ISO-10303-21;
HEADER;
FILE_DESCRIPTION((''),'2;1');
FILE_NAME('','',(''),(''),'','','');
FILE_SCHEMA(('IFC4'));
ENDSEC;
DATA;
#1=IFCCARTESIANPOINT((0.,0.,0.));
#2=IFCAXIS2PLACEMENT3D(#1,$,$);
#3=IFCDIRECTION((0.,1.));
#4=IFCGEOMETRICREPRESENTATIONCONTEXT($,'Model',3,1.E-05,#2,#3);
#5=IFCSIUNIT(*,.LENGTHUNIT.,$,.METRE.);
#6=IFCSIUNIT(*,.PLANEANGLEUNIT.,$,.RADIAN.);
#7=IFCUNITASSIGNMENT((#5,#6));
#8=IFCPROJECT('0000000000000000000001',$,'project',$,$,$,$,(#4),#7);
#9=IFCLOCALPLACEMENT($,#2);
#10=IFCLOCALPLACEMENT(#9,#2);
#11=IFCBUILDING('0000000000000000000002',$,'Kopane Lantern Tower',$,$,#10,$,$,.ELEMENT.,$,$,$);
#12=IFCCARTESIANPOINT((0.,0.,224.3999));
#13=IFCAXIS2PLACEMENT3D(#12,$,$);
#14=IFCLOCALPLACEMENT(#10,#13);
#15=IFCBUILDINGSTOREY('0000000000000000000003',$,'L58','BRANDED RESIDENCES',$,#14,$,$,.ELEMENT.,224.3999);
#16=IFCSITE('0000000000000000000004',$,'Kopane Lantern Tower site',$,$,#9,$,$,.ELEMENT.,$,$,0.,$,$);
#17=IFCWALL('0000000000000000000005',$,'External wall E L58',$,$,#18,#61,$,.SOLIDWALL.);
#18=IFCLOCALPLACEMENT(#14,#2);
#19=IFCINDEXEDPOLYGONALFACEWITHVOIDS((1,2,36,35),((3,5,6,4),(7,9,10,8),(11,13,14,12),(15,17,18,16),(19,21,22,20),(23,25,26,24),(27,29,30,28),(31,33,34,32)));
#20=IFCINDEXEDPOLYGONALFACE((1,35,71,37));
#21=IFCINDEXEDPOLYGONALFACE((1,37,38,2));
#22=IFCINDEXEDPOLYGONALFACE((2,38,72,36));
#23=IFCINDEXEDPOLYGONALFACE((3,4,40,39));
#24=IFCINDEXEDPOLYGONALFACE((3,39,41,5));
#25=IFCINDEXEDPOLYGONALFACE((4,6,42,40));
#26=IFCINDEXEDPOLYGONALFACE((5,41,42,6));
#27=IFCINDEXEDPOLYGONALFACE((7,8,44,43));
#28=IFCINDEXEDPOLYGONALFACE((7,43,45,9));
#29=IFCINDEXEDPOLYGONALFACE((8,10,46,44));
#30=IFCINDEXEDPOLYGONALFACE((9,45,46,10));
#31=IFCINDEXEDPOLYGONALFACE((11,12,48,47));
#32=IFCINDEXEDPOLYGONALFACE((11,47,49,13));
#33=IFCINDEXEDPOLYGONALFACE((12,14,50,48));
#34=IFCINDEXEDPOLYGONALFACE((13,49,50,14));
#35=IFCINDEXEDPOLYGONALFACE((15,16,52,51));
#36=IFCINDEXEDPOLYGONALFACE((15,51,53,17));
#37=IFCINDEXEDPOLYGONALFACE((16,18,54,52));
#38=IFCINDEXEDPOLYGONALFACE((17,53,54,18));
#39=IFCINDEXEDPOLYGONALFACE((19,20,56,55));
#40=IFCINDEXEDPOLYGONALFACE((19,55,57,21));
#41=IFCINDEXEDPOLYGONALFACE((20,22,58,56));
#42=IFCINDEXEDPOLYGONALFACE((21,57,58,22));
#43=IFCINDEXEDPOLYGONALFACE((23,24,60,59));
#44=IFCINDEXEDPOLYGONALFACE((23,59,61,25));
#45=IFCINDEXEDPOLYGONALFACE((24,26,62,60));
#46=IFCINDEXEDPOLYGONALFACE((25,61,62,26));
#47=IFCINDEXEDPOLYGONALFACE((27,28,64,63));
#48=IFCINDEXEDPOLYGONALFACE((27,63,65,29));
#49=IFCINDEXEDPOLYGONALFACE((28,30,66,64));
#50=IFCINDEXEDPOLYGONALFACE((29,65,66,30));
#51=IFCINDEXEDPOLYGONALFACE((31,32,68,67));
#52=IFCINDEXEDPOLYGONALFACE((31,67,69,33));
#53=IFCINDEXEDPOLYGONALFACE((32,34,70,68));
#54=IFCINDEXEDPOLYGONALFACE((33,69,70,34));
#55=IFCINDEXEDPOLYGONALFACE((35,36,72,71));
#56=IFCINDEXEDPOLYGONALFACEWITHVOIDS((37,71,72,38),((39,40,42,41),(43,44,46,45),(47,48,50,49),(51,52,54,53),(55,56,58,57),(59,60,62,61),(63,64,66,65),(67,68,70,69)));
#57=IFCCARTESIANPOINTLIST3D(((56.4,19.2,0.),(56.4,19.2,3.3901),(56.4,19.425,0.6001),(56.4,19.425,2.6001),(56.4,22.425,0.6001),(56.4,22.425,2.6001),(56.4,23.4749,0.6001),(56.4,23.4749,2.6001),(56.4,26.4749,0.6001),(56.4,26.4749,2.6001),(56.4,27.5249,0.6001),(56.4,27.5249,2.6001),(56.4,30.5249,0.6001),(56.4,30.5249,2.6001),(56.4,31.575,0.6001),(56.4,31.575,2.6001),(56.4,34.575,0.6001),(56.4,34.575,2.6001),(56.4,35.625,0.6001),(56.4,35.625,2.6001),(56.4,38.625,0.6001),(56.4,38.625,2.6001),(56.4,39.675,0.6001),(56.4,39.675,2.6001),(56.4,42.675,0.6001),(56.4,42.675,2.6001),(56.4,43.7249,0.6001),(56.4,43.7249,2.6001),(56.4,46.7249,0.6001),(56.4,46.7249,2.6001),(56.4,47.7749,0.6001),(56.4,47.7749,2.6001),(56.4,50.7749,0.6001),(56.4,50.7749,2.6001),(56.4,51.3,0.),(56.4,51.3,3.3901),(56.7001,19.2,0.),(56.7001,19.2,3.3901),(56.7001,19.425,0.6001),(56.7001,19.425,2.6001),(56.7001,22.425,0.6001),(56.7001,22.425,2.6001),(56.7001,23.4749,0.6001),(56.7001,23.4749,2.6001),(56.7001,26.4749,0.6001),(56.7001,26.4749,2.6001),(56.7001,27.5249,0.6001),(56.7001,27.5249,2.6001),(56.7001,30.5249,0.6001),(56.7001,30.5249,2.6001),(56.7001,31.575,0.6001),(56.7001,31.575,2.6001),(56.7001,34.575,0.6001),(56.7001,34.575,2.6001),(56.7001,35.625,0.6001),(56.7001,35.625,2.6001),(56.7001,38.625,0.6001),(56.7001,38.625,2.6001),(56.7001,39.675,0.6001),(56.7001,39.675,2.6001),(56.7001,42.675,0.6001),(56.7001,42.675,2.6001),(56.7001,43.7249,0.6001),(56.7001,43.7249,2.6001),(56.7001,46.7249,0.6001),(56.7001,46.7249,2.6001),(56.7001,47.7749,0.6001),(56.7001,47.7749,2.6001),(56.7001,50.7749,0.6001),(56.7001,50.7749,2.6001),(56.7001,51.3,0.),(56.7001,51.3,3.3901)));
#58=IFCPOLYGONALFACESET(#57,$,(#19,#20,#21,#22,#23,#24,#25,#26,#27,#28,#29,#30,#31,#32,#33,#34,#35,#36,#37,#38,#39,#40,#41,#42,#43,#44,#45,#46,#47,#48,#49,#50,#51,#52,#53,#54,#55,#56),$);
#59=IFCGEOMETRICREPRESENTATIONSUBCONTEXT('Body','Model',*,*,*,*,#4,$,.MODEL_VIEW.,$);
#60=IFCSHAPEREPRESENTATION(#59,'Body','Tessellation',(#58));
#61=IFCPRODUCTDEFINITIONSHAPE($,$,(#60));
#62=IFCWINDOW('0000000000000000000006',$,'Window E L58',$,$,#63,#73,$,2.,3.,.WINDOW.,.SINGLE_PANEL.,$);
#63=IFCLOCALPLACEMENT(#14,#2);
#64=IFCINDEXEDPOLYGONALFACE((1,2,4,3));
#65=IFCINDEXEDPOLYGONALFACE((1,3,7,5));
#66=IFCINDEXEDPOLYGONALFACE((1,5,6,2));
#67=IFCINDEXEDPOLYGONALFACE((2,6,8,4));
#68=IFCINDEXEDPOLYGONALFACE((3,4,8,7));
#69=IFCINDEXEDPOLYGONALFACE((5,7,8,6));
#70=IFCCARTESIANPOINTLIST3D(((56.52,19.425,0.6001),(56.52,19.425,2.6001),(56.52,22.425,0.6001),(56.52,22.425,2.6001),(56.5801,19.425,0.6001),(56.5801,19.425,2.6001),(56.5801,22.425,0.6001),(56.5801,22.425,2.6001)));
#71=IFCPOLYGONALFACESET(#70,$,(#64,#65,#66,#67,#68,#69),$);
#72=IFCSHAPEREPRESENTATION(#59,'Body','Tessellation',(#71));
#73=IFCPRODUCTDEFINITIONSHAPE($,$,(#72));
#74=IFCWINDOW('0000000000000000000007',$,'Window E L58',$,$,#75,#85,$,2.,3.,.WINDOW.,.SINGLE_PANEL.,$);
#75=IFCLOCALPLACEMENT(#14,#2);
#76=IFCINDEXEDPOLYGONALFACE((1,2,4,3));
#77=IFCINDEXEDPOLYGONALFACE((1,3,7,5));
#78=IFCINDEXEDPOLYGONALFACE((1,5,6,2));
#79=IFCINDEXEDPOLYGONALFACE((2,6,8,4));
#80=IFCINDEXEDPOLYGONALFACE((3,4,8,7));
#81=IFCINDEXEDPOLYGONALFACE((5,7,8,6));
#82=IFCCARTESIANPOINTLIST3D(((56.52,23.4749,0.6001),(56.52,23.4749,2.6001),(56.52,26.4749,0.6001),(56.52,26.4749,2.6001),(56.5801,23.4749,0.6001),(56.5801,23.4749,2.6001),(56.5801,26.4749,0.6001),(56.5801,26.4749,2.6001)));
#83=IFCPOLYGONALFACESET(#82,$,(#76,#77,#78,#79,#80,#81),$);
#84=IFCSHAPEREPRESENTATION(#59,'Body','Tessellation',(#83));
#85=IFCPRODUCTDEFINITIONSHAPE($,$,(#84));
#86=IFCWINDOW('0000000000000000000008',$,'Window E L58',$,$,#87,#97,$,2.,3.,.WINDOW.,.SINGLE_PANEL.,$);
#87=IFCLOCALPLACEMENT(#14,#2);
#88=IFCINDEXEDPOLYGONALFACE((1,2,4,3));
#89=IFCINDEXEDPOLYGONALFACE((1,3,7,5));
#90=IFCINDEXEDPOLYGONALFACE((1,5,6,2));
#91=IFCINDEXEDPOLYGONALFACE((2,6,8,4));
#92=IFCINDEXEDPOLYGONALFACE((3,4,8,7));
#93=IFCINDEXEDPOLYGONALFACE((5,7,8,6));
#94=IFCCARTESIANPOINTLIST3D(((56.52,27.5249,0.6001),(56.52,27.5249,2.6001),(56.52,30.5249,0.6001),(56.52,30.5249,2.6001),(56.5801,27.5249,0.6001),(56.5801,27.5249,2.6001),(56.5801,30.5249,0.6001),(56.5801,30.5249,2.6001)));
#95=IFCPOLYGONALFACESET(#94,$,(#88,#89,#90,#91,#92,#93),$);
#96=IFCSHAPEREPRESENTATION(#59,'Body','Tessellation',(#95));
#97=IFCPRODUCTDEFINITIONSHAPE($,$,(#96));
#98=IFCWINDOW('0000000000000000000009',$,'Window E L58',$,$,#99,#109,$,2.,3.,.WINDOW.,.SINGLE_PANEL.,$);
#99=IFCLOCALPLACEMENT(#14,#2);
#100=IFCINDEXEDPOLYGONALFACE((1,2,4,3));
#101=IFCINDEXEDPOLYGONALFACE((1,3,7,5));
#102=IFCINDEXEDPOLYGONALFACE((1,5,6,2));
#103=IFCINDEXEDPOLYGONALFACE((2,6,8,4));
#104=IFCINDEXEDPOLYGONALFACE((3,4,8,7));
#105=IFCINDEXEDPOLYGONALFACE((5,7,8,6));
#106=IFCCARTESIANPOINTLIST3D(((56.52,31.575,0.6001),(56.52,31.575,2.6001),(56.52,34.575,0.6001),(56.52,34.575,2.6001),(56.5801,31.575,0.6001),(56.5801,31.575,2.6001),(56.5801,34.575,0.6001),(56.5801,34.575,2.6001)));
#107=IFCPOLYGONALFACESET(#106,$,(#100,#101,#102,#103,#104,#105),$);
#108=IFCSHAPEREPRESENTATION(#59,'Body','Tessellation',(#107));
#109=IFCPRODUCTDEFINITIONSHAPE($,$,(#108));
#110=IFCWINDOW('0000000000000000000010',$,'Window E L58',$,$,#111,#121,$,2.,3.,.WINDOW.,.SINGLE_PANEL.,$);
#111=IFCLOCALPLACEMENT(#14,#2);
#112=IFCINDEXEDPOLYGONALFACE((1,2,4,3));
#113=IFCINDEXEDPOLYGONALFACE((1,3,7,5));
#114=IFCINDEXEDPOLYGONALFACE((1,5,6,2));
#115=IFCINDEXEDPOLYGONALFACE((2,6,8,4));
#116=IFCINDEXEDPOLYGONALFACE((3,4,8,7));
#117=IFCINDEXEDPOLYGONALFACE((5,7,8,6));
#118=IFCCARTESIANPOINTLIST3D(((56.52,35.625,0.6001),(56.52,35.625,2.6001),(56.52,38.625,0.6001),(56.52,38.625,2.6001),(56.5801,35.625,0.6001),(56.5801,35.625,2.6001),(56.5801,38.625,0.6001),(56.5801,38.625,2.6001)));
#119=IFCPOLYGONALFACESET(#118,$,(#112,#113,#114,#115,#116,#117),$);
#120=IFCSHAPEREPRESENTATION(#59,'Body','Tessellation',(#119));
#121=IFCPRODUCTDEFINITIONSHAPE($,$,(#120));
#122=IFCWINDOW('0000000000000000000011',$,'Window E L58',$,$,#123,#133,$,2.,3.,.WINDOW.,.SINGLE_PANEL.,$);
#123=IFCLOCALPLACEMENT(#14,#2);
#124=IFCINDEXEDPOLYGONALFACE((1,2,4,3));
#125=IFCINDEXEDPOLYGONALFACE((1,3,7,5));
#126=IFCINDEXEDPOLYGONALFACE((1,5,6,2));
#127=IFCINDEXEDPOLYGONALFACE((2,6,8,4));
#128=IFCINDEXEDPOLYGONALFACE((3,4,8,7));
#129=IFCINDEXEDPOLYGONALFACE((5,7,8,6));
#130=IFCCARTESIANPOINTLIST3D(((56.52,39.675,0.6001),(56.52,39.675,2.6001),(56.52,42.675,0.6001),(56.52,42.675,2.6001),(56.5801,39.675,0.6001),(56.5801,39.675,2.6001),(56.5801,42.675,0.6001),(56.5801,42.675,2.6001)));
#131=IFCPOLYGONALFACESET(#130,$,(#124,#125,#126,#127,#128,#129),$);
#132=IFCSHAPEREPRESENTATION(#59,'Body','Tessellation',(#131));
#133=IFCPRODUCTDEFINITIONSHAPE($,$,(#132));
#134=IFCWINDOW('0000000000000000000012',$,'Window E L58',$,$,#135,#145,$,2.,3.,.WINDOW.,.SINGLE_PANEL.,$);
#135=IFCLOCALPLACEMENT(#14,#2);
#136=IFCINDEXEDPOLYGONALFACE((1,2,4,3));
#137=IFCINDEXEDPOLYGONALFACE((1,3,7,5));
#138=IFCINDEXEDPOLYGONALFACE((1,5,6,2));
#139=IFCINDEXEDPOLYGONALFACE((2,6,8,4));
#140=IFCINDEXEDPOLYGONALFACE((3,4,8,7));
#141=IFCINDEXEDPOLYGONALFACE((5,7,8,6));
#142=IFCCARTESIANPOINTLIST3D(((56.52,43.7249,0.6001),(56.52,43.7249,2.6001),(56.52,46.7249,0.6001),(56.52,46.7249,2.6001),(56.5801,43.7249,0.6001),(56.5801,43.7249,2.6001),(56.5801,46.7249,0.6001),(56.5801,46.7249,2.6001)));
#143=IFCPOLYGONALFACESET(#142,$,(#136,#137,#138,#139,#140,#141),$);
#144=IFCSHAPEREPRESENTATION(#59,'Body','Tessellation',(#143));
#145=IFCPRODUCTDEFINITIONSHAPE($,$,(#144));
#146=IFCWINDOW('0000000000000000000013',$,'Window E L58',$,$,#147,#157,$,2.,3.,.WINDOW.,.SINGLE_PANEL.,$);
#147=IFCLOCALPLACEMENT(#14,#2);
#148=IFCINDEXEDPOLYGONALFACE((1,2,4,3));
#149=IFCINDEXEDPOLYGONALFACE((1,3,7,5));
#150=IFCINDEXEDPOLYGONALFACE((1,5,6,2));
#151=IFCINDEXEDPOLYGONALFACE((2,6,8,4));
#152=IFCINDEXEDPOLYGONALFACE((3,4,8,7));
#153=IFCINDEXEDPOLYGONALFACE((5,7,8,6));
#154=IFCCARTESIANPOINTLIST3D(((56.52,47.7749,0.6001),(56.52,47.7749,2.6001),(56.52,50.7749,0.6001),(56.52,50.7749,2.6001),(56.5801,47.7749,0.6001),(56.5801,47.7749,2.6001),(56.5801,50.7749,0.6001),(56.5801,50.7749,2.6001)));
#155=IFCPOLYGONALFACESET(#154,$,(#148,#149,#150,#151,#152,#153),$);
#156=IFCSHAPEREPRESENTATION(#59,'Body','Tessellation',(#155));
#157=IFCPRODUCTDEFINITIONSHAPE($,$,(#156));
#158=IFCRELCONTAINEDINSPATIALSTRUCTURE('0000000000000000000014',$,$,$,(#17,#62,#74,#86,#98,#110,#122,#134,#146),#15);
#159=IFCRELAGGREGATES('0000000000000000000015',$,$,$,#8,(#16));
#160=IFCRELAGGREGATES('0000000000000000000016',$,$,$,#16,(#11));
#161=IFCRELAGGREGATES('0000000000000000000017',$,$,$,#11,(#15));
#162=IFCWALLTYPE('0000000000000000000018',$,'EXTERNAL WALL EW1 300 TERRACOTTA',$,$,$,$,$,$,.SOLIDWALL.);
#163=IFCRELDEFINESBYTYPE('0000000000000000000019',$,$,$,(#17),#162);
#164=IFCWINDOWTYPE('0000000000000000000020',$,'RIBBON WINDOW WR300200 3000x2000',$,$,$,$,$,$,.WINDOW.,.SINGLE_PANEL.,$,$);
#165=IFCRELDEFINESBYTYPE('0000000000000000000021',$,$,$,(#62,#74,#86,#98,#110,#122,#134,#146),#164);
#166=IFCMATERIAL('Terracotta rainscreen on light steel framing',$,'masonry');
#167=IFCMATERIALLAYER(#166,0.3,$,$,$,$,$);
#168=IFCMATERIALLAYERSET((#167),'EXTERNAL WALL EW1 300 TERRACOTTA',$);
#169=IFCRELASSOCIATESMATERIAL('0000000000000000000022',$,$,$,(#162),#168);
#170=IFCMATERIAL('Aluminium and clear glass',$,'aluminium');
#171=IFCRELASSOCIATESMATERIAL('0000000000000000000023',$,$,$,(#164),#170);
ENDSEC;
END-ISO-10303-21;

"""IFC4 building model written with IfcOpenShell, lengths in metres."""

from ifc_helpers import new_model, si_unit, direction, frame, frame_2d, origin, place, context, subcontext, project, spatial, rectangle, extrude, material, layer, layer_set, type_object, element, fill, save


model = new_model("IFC4")

# Units and contexts
model_context = context("Model", 3, precision=1e-05, world=origin(), true_north=direction((0.0, 1.0)))
body_context = subcontext(model_context, "Body", "Model", "MODEL_VIEW")
ifc_project = project(units=[si_unit("LENGTHUNIT", "METRE"), si_unit("PLANEANGLEUNIT", "RADIAN")], contexts=[model_context])

# Site, building, storey
site_placement = place(None, origin())
site = spatial("IfcSite", under=ifc_project, at=site_placement, Name="Kopane Lantern Tower site", CompositionType="ELEMENT", RefElevation=0.0)
building_placement = place(site_placement, origin())
building = spatial("IfcBuilding", under=site, at=building_placement, Name="Kopane Lantern Tower", CompositionType="ELEMENT")
storey_placement = place(building_placement, frame((0.0, 0.0, 224.3999)))
storey = spatial("IfcBuildingStorey", under=building, at=storey_placement, Name="L58", Description="BRANDED RESIDENCES", CompositionType="ELEMENT", Elevation=224.3999)

# Shared definitions
ifc_material_1 = material(Name="Terracotta rainscreen on light steel framing", Category="masonry")
ifc_layer_1 = layer(ifc_material_1, 0.3)
ifc_layer_set_1 = layer_set([ifc_layer_1], Name="EXTERNAL WALL EW1 300 TERRACOTTA")
wall_type_1 = type_object("IfcWallType", Name="EXTERNAL WALL EW1 300 TERRACOTTA", PredefinedType="SOLIDWALL", material=ifc_layer_set_1)
ifc_material_2 = material(Name="Aluminium and clear glass", Category="aluminium")
window_type = type_object("IfcWindowType", Name="RIBBON WINDOW WR300200 3000x2000", PartitioningType="SINGLE_PANEL", PredefinedType="WINDOW", material=ifc_material_2)

# Wall, openings, windows
wall_1_placement = place(storey_placement, frame((56.55, 19.2, 0.0), z_axis=(0.0, 0.0, 1.0), x_axis=(0.0, 1.0, 0.0)))
wall_1 = element("IfcWall", 1, at=wall_1_placement, inside=storey, type_object=wall_type_1, Name="External wall E L58", PredefinedType="SOLIDWALL", context=body_context, shape_type="SweptSolid", body=[
    extrude(rectangle(XDim=32.1001, YDim=0.3, at=frame_2d((16.05, 0.0))), origin(), (0.0, 0.0, 1.0), 3.3901),
])
opening_1_placement = place(wall_1_placement, frame((0.2251, 0.0, 0.6001)))
opening_1 = element("IfcOpeningElement", 2, at=opening_1_placement, cuts=wall_1, PredefinedType="OPENING", context=body_context, shape_type="SweptSolid", body=[
    extrude(rectangle(XDim=3.0, YDim=2.0, at=frame_2d((1.5, 1.0))), frame((0.0, 0.1599, 0.0), z_axis=(0.0, -1.0, 0.0), x_axis=(1.0, 0.0, 0.0)), (0.0, 0.0, 1.0), 0.3201),
])
opening_2_placement = place(wall_1_placement, frame((4.2749, 0.0, 0.6001)))
opening_2 = element("IfcOpeningElement", 3, at=opening_2_placement, cuts=wall_1, PredefinedType="OPENING", context=body_context, shape_type="SweptSolid", body=[
    extrude(rectangle(XDim=3.0, YDim=2.0, at=frame_2d((1.5, 1.0))), frame((0.0, 0.1599, 0.0), z_axis=(0.0, -1.0, 0.0), x_axis=(1.0, 0.0, 0.0)), (0.0, 0.0, 1.0), 0.3201),
])
opening_3_placement = place(wall_1_placement, frame((8.325, 0.0, 0.6001)))
opening_3 = element("IfcOpeningElement", 4, at=opening_3_placement, cuts=wall_1, PredefinedType="OPENING", context=body_context, shape_type="SweptSolid", body=[
    extrude(rectangle(XDim=3.0, YDim=2.0, at=frame_2d((1.5, 1.0))), frame((0.0, 0.1599, 0.0), z_axis=(0.0, -1.0, 0.0), x_axis=(1.0, 0.0, 0.0)), (0.0, 0.0, 1.0), 0.3201),
])
opening_4_placement = place(wall_1_placement, frame((12.375, 0.0, 0.6001)))
opening_4 = element("IfcOpeningElement", 5, at=opening_4_placement, cuts=wall_1, PredefinedType="OPENING", context=body_context, shape_type="SweptSolid", body=[
    extrude(rectangle(XDim=3.0, YDim=2.0, at=frame_2d((1.5, 1.0))), frame((0.0, 0.1599, 0.0), z_axis=(0.0, -1.0, 0.0), x_axis=(1.0, 0.0, 0.0)), (0.0, 0.0, 1.0), 0.3201),
])
opening_5_placement = place(wall_1_placement, frame((16.425, 0.0, 0.6001)))
opening_5 = element("IfcOpeningElement", 6, at=opening_5_placement, cuts=wall_1, PredefinedType="OPENING", context=body_context, shape_type="SweptSolid", body=[
    extrude(rectangle(XDim=3.0, YDim=2.0, at=frame_2d((1.5, 1.0))), frame((0.0, 0.1599, 0.0), z_axis=(0.0, -1.0, 0.0), x_axis=(1.0, 0.0, 0.0)), (0.0, 0.0, 1.0), 0.3201),
])
opening_6_placement = place(wall_1_placement, frame((20.4751, 0.0, 0.6001)))
opening_6 = element("IfcOpeningElement", 7, at=opening_6_placement, cuts=wall_1, PredefinedType="OPENING", context=body_context, shape_type="SweptSolid", body=[
    extrude(rectangle(XDim=3.0, YDim=2.0, at=frame_2d((1.5, 1.0))), frame((0.0, 0.1599, 0.0), z_axis=(0.0, -1.0, 0.0), x_axis=(1.0, 0.0, 0.0)), (0.0, 0.0, 1.0), 0.3201),
])
opening_7_placement = place(wall_1_placement, frame((24.5249, 0.0, 0.6001)))
opening_7 = element("IfcOpeningElement", 8, at=opening_7_placement, cuts=wall_1, PredefinedType="OPENING", context=body_context, shape_type="SweptSolid", body=[
    extrude(rectangle(XDim=3.0, YDim=2.0, at=frame_2d((1.5, 1.0))), frame((0.0, 0.1599, 0.0), z_axis=(0.0, -1.0, 0.0), x_axis=(1.0, 0.0, 0.0)), (0.0, 0.0, 1.0), 0.3201),
])
opening_8_placement = place(wall_1_placement, frame((28.575, 0.0, 0.6001)))
opening_8 = element("IfcOpeningElement", 9, at=opening_8_placement, cuts=wall_1, PredefinedType="OPENING", context=body_context, shape_type="SweptSolid", body=[
    extrude(rectangle(XDim=3.0, YDim=2.0, at=frame_2d((1.5, 1.0))), frame((0.0, 0.1599, 0.0), z_axis=(0.0, -1.0, 0.0), x_axis=(1.0, 0.0, 0.0)), (0.0, 0.0, 1.0), 0.3201),
])
window_1_placement = place(opening_1_placement, origin())
window_1 = element("IfcWindow", 10, at=window_1_placement, inside=storey, type_object=window_type, Name="Window E L58", OverallHeight=2.0, OverallWidth=3.0, PartitioningType="SINGLE_PANEL", PredefinedType="WINDOW", context=body_context, shape_type="SweptSolid", body=[
    extrude(rectangle(XDim=3.0, YDim=2.0, at=frame_2d((1.5, 1.0))), frame((0.0, 0.03, 0.0), z_axis=(0.0, -1.0, 0.0), x_axis=(1.0, 0.0, 0.0)), (0.0, 0.0, 1.0), 0.0601),
])
fill(opening_1, window_1)
window_2_placement = place(opening_2_placement, origin())
window_2 = element("IfcWindow", 11, at=window_2_placement, inside=storey, type_object=window_type, Name="Window E L58", OverallHeight=2.0, OverallWidth=3.0, PartitioningType="SINGLE_PANEL", PredefinedType="WINDOW", context=body_context, shape_type="SweptSolid", body=[
    extrude(rectangle(XDim=3.0, YDim=2.0, at=frame_2d((1.5, 1.0))), frame((0.0, 0.03, 0.0), z_axis=(0.0, -1.0, 0.0), x_axis=(1.0, 0.0, 0.0)), (0.0, 0.0, 1.0), 0.0601),
])
fill(opening_2, window_2)
window_3_placement = place(opening_3_placement, origin())
window_3 = element("IfcWindow", 12, at=window_3_placement, inside=storey, type_object=window_type, Name="Window E L58", OverallHeight=2.0, OverallWidth=3.0, PartitioningType="SINGLE_PANEL", PredefinedType="WINDOW", context=body_context, shape_type="SweptSolid", body=[
    extrude(rectangle(XDim=3.0, YDim=2.0, at=frame_2d((1.5, 1.0))), frame((0.0, 0.03, 0.0), z_axis=(0.0, -1.0, 0.0), x_axis=(1.0, 0.0, 0.0)), (0.0, 0.0, 1.0), 0.0601),
])
fill(opening_3, window_3)
window_4_placement = place(opening_4_placement, origin())
window_4 = element("IfcWindow", 13, at=window_4_placement, inside=storey, type_object=window_type, Name="Window E L58", OverallHeight=2.0, OverallWidth=3.0, PartitioningType="SINGLE_PANEL", PredefinedType="WINDOW", context=body_context, shape_type="SweptSolid", body=[
    extrude(rectangle(XDim=3.0, YDim=2.0, at=frame_2d((1.5, 1.0))), frame((0.0, 0.03, 0.0), z_axis=(0.0, -1.0, 0.0), x_axis=(1.0, 0.0, 0.0)), (0.0, 0.0, 1.0), 0.0601),
])
fill(opening_4, window_4)
window_5_placement = place(opening_5_placement, origin())
window_5 = element("IfcWindow", 14, at=window_5_placement, inside=storey, type_object=window_type, Name="Window E L58", OverallHeight=2.0, OverallWidth=3.0, PartitioningType="SINGLE_PANEL", PredefinedType="WINDOW", context=body_context, shape_type="SweptSolid", body=[
    extrude(rectangle(XDim=3.0, YDim=2.0, at=frame_2d((1.5, 1.0))), frame((0.0, 0.03, 0.0), z_axis=(0.0, -1.0, 0.0), x_axis=(1.0, 0.0, 0.0)), (0.0, 0.0, 1.0), 0.0601),
])
fill(opening_5, window_5)
window_6_placement = place(opening_6_placement, origin())
window_6 = element("IfcWindow", 15, at=window_6_placement, inside=storey, type_object=window_type, Name="Window E L58", OverallHeight=2.0, OverallWidth=3.0, PartitioningType="SINGLE_PANEL", PredefinedType="WINDOW", context=body_context, shape_type="SweptSolid", body=[
    extrude(rectangle(XDim=3.0, YDim=2.0, at=frame_2d((1.5, 1.0))), frame((0.0, 0.03, 0.0), z_axis=(0.0, -1.0, 0.0), x_axis=(1.0, 0.0, 0.0)), (0.0, 0.0, 1.0), 0.0601),
])
fill(opening_6, window_6)
window_7_placement = place(opening_7_placement, origin())
window_7 = element("IfcWindow", 16, at=window_7_placement, inside=storey, type_object=window_type, Name="Window E L58", OverallHeight=2.0, OverallWidth=3.0, PartitioningType="SINGLE_PANEL", PredefinedType="WINDOW", context=body_context, shape_type="SweptSolid", body=[
    extrude(rectangle(XDim=3.0, YDim=2.0, at=frame_2d((1.5, 1.0))), frame((0.0, 0.03, 0.0), z_axis=(0.0, -1.0, 0.0), x_axis=(1.0, 0.0, 0.0)), (0.0, 0.0, 1.0), 0.0601),
])
fill(opening_7, window_7)
window_8_placement = place(opening_8_placement, origin())
window_8 = element("IfcWindow", 17, at=window_8_placement, inside=storey, type_object=window_type, Name="Window E L58", OverallHeight=2.0, OverallWidth=3.0, PartitioningType="SINGLE_PANEL", PredefinedType="WINDOW", context=body_context, shape_type="SweptSolid", body=[
    extrude(rectangle(XDim=3.0, YDim=2.0, at=frame_2d((1.5, 1.0))), frame((0.0, 0.03, 0.0), z_axis=(0.0, -1.0, 0.0), x_axis=(1.0, 0.0, 0.0)), (0.0, 0.0, 1.0), 0.0601),
])
fill(opening_8, window_8)

save(model, "model.ifc")
